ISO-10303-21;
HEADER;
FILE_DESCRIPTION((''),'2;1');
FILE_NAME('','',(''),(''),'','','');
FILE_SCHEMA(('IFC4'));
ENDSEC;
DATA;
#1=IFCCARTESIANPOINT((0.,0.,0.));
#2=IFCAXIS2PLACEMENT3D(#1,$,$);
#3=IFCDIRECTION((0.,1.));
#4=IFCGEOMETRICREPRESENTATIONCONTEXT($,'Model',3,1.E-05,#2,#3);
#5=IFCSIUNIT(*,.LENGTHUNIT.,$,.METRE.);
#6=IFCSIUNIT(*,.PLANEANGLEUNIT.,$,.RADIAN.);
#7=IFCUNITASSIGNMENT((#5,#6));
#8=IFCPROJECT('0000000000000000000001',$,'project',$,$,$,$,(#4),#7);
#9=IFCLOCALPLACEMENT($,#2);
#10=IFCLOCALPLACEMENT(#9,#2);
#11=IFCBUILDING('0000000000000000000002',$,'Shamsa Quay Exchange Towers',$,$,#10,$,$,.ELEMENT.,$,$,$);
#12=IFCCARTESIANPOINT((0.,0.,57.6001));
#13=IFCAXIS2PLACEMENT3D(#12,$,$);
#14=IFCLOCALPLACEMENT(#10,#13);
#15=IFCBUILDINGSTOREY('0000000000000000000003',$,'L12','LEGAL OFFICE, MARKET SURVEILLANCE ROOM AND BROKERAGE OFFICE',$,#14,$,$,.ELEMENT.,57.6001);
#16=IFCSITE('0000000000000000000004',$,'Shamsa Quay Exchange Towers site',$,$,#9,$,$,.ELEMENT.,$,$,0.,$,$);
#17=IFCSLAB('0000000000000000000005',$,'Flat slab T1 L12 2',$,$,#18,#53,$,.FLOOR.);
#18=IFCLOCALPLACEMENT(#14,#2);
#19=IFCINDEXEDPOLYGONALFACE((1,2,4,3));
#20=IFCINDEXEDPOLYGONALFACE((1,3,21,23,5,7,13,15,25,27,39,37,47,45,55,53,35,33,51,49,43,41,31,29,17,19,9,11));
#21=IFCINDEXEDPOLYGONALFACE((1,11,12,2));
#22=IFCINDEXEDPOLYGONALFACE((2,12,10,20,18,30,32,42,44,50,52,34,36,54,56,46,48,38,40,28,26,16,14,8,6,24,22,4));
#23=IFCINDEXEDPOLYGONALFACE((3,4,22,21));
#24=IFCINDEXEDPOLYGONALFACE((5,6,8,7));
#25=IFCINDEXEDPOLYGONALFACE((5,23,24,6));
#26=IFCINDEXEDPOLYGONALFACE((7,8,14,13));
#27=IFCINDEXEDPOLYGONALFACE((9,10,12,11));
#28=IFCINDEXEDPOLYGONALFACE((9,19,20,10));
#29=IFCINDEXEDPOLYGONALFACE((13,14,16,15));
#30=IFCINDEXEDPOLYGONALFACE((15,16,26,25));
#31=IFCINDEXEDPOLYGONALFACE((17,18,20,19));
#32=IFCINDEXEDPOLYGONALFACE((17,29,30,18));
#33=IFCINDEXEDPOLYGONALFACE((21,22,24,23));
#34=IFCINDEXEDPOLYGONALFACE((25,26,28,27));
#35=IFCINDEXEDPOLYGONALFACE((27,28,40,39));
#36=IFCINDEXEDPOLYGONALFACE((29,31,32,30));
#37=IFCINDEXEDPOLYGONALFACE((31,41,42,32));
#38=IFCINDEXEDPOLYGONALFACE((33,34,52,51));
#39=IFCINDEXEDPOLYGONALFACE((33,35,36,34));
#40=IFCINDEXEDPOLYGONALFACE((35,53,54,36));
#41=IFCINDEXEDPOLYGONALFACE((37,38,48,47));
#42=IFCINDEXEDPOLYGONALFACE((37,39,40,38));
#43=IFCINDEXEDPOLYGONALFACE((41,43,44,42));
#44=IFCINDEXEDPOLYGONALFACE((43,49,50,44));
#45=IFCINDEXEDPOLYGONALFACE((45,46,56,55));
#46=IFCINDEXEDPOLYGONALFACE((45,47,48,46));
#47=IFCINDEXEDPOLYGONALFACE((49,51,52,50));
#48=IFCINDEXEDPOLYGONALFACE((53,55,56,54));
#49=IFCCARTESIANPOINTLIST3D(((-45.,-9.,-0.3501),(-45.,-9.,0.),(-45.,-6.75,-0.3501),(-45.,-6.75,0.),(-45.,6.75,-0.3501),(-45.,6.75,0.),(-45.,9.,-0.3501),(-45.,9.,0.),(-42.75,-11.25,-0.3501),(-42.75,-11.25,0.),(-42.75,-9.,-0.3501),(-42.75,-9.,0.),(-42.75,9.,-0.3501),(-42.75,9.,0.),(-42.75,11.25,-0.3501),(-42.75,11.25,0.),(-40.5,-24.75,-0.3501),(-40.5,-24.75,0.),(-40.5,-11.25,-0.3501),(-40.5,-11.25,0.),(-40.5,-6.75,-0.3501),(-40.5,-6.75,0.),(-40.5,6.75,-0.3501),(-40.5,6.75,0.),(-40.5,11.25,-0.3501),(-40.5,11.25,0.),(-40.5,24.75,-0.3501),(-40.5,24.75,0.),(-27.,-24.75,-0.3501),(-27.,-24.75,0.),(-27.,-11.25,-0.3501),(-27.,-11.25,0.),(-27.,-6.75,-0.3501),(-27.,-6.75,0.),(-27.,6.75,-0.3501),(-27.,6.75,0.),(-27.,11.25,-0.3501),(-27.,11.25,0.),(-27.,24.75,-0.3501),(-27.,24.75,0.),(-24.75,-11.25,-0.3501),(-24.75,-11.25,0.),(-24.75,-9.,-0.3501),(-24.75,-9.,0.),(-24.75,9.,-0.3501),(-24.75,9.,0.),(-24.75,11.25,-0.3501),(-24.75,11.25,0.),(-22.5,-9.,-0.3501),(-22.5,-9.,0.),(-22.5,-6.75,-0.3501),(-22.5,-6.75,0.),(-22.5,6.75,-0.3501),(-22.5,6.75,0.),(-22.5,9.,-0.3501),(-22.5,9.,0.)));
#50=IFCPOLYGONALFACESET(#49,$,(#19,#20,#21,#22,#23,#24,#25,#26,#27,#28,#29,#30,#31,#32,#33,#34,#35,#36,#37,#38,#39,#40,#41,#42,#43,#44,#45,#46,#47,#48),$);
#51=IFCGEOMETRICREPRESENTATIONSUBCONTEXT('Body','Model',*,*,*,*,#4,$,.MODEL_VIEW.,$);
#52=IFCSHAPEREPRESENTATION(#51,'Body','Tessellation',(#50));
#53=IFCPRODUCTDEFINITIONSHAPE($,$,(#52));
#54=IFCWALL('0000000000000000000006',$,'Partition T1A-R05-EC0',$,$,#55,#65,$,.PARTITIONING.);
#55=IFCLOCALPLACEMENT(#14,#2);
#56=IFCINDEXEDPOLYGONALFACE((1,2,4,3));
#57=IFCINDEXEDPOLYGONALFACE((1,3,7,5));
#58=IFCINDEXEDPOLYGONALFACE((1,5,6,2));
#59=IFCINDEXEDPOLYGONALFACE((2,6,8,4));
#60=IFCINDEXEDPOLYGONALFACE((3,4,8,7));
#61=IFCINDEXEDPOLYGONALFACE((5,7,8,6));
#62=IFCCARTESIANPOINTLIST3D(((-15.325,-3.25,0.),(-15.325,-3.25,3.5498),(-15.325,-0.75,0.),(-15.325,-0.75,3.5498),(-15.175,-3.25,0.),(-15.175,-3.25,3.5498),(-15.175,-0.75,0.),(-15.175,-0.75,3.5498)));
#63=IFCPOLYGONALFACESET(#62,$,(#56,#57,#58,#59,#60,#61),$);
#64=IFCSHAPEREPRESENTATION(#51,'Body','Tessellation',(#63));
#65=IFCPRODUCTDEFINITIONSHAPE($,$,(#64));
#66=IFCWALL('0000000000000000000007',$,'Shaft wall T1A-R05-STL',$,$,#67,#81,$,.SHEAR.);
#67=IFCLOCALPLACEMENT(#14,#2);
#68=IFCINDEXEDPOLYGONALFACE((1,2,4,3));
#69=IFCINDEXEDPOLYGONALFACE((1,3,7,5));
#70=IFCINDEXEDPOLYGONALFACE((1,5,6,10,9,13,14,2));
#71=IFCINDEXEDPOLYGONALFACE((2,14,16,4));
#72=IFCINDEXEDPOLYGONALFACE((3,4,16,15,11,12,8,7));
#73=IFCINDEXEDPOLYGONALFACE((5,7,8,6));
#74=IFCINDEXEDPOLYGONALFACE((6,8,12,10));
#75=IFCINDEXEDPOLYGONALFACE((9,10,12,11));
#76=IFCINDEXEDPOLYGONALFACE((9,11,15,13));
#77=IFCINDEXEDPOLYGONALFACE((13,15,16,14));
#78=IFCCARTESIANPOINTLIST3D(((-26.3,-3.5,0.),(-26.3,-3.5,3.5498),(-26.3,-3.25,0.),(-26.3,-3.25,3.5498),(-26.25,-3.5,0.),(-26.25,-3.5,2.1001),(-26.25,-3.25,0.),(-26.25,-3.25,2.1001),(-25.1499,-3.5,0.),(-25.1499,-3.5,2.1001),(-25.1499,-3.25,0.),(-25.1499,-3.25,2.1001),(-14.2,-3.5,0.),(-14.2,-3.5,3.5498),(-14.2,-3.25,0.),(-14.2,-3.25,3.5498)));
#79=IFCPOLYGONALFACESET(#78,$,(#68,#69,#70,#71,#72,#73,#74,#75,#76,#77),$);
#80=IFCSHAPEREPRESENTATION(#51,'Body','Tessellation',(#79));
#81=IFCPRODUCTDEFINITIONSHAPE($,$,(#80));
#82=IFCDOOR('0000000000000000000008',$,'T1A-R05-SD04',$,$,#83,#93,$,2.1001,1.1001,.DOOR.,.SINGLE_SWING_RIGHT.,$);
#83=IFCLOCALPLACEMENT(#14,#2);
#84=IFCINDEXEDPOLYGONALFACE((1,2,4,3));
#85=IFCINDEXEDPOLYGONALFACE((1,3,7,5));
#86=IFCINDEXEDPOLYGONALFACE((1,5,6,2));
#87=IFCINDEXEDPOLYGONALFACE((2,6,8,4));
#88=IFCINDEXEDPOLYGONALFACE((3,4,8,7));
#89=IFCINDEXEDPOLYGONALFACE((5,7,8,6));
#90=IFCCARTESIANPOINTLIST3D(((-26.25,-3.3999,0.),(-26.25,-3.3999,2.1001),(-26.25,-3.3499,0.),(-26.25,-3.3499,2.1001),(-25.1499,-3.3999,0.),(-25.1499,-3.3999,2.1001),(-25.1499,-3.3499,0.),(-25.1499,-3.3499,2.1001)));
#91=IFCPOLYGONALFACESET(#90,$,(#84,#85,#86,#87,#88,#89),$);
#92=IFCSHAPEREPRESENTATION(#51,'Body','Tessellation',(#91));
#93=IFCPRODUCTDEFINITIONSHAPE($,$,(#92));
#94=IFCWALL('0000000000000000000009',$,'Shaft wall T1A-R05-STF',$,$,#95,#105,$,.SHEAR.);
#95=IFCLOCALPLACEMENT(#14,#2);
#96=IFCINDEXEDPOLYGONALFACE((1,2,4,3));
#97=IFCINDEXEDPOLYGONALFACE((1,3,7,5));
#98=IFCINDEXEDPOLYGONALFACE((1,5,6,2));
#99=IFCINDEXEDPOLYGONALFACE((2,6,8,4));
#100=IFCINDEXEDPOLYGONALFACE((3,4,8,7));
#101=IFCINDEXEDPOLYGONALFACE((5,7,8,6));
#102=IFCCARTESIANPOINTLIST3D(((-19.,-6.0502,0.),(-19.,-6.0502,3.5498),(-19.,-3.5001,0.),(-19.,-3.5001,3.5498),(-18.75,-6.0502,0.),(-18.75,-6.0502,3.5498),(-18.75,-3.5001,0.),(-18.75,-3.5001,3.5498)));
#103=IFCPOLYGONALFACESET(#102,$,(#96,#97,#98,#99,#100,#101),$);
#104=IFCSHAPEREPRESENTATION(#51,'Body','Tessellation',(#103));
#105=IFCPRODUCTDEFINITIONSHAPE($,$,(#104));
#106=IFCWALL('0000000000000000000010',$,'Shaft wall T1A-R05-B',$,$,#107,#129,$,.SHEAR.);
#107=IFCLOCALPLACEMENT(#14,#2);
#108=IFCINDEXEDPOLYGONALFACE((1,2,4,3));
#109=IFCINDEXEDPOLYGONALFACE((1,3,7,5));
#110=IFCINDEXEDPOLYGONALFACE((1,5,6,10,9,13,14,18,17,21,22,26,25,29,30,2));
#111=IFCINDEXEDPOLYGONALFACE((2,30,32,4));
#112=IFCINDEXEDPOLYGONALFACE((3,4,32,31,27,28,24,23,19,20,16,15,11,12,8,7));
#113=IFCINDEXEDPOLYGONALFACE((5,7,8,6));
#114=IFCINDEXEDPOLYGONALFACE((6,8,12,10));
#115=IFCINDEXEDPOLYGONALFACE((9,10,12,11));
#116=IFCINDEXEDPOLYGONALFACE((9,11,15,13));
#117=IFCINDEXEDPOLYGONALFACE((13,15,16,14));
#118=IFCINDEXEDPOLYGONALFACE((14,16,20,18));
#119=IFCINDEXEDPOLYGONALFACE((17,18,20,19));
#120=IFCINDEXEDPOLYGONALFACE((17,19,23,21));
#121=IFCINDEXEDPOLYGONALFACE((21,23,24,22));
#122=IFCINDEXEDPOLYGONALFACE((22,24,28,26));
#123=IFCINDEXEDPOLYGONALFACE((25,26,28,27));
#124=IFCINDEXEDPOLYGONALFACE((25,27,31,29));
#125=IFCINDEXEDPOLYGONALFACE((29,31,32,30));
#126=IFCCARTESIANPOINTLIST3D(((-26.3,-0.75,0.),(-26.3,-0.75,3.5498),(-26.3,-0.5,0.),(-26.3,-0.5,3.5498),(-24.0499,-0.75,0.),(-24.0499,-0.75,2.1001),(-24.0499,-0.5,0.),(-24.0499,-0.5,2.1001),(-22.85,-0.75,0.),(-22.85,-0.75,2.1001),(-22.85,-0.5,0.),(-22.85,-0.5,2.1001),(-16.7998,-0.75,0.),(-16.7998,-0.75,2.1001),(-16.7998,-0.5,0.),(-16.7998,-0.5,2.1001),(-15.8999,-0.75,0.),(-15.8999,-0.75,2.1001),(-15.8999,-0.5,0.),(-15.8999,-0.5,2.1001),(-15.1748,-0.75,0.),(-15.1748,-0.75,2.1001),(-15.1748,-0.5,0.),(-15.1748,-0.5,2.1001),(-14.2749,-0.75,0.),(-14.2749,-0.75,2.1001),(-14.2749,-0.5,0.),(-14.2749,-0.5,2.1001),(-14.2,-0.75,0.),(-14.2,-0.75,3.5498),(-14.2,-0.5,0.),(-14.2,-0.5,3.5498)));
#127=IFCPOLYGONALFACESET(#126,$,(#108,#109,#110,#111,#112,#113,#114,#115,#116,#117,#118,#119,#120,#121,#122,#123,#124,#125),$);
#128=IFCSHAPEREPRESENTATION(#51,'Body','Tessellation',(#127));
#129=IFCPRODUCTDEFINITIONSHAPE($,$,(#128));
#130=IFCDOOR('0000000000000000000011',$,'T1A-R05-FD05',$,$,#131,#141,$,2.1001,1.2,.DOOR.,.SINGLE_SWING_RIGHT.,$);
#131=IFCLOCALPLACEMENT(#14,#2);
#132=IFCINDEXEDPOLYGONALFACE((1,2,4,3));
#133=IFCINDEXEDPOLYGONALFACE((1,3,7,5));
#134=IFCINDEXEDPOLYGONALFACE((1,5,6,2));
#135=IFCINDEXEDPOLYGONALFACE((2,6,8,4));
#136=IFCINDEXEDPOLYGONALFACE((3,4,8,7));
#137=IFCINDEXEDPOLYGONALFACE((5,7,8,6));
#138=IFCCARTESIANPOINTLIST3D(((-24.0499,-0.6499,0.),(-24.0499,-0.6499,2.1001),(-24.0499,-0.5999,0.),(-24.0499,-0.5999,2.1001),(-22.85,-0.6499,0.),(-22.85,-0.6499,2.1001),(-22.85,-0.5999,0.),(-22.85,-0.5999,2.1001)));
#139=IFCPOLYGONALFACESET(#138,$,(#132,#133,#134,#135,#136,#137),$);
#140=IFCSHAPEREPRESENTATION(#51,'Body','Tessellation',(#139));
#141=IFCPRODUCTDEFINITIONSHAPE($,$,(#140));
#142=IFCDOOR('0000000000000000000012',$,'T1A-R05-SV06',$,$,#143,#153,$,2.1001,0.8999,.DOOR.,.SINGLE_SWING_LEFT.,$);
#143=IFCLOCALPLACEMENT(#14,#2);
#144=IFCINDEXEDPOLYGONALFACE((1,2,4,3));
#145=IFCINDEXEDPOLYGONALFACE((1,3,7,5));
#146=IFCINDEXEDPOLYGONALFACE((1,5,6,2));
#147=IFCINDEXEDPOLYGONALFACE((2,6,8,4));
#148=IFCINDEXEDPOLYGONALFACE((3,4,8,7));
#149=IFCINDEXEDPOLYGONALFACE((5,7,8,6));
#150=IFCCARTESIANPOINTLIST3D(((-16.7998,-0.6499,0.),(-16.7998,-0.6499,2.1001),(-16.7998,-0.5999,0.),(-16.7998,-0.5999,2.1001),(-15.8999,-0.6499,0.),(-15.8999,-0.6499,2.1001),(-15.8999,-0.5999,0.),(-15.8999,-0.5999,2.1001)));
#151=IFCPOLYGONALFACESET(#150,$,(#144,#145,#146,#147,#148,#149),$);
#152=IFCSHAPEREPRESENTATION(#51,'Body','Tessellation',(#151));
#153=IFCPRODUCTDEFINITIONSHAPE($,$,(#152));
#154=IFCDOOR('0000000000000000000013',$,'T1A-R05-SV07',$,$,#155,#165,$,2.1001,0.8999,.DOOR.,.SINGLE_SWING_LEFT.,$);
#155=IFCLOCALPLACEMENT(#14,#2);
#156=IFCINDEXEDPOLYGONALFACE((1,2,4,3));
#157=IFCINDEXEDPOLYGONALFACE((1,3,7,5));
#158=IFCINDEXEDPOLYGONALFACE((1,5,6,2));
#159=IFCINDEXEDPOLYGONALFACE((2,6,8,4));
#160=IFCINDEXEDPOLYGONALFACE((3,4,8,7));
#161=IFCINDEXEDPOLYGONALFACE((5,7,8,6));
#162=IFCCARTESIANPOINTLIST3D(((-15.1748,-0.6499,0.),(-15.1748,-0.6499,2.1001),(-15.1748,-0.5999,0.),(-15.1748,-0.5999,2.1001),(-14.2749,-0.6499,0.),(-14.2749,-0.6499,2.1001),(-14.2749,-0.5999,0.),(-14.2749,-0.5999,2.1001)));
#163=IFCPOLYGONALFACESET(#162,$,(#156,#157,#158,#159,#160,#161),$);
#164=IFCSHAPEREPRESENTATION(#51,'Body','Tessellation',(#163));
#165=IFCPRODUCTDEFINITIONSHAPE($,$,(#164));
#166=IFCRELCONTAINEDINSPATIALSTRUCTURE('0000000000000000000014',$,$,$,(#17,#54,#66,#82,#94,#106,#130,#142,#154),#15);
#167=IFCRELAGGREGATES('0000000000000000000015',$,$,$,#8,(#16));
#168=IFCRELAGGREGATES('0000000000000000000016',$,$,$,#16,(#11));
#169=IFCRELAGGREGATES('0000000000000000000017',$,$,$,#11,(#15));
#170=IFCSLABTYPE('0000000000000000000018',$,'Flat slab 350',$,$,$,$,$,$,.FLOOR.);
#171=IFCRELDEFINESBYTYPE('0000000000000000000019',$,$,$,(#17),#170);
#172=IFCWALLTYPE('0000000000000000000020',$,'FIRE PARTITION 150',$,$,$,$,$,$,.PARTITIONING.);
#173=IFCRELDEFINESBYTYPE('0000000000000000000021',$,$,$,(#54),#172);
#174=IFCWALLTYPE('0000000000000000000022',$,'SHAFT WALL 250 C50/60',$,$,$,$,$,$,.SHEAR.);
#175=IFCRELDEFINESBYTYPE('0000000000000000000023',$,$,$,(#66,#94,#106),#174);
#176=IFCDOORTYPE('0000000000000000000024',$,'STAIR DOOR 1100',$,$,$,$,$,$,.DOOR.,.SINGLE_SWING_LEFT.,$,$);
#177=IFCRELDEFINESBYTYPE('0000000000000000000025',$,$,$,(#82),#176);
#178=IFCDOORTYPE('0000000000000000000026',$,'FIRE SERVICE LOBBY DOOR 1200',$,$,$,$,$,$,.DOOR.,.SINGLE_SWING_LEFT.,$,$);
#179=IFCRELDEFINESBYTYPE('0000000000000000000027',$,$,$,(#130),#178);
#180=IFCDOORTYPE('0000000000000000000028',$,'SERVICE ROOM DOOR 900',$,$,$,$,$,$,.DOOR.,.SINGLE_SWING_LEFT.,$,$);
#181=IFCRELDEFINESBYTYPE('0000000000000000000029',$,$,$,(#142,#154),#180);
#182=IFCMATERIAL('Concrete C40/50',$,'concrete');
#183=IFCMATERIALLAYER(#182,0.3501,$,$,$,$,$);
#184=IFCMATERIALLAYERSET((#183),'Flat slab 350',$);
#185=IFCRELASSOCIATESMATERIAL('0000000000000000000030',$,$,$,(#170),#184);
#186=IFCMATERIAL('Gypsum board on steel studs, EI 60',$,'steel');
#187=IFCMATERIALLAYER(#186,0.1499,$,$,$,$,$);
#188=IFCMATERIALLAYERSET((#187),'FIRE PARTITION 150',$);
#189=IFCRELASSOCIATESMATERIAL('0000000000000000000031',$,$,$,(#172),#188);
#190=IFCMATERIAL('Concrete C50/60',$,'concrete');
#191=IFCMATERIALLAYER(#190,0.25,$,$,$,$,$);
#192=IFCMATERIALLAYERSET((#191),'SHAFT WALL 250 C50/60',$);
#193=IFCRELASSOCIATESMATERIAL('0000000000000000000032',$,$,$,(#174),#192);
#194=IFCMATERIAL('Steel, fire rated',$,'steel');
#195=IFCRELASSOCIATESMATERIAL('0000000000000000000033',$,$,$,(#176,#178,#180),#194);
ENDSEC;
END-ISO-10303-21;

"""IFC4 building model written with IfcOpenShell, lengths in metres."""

from ifc_helpers import new_model, si_unit, direction, frame, frame_2d, origin, place, context, subcontext, project, spatial, polyline, rectangle, outline, extrude, material, layer, layer_set, type_object, element, fill, save


model = new_model("IFC4")

# Units and contexts
model_context = context("Model", 3, precision=1e-05, world=origin(), true_north=direction((0.0, 1.0)))
body_context = subcontext(model_context, "Body", "Model", "MODEL_VIEW")
ifc_project = project(units=[si_unit("LENGTHUNIT", "METRE"), si_unit("PLANEANGLEUNIT", "RADIAN")], contexts=[model_context])

# Site, building, storey
site_placement = place(None, origin())
site = spatial("IfcSite", under=ifc_project, at=site_placement, Name="Shamsa Quay Exchange Towers site", CompositionType="ELEMENT", RefElevation=0.0)
building_placement = place(site_placement, origin())
building = spatial("IfcBuilding", under=site, at=building_placement, Name="Shamsa Quay Exchange Towers", CompositionType="ELEMENT")
storey_placement = place(building_placement, frame((0.0, 0.0, 57.6001)))
storey = spatial("IfcBuildingStorey", under=building, at=storey_placement, Name="L12", Description="LEGAL OFFICE, MARKET SURVEILLANCE ROOM AND BROKERAGE OFFICE", CompositionType="ELEMENT", Elevation=57.6001)

# Slab
ifc_material_1 = material(Name="Concrete C40/50", Category="concrete")
ifc_layer_1 = layer(ifc_material_1, 0.3501)
ifc_layer_set_1 = layer_set([ifc_layer_1], Name="Flat slab 350")
slab_type = type_object("IfcSlabType", Name="Flat slab 350", PredefinedType="FLOOR", material=ifc_layer_set_1)
slab_1_placement = place(storey_placement, frame((0.0, 0.0, -0.3501)))
element("IfcSlab", 1, at=slab_1_placement, inside=storey, type_object=slab_type, Name="Flat slab T1 L12 2", PredefinedType="FLOOR", context=body_context, shape_type="SweptSolid", body=[
    extrude(outline(polyline([(-22.5, -9.0), (-22.5, -6.75), (-27.0, -6.75), (-27.0, 6.75), (-22.5, 6.75), (-22.5, 9.0), (-24.75, 9.0), (-24.75, 11.25), (-27.0, 11.25), (-27.0, 24.75), (-40.5, 24.75), (-40.5, 11.25), (-42.75, 11.25), (-42.75, 9.0), (-45.0, 9.0), (-45.0, 6.75), (-40.5, 6.75), (-40.5, -6.75), (-45.0, -6.75), (-45.0, -9.0), (-42.75, -9.0), (-42.75, -11.25), (-40.5, -11.25), (-40.5, -24.75), (-27.0, -24.75), (-27.0, -11.25), (-24.75, -11.25), (-24.75, -9.0), (-22.5, -9.0)])), origin(), (0.0, 0.0, 1.0), 0.3501),
])

# Wall
ifc_material_2 = material(Name="Gypsum board on steel studs, EI 60", Category="steel")
ifc_layer_2 = layer(ifc_material_2, 0.1499)
ifc_layer_set_2 = layer_set([ifc_layer_2], Name="FIRE PARTITION 150")
wall_type_1 = type_object("IfcWallType", Name="FIRE PARTITION 150", PredefinedType="PARTITIONING", material=ifc_layer_set_2)
wall_1_placement = place(storey_placement, frame((-15.25, -3.25, 0.0), z_axis=(0.0, 0.0, 1.0), x_axis=(0.0, 1.0, 0.0)))
element("IfcWall", 2, at=wall_1_placement, inside=storey, type_object=wall_type_1, Name="Partition T1A-R05-EC0", PredefinedType="PARTITIONING", context=body_context, shape_type="SweptSolid", body=[
    extrude(rectangle(XDim=2.5, YDim=0.1499, at=frame_2d((1.25, 0.0))), origin(), (0.0, 0.0, 1.0), 3.5498),
])

# Wall, opening, door
ifc_material_3 = material(Name="Concrete C50/60", Category="concrete")
ifc_layer_3 = layer(ifc_material_3, 0.25)
ifc_layer_set_3 = layer_set([ifc_layer_3], Name="SHAFT WALL 250 C50/60")
wall_type_2 = type_object("IfcWallType", Name="SHAFT WALL 250 C50/60", PredefinedType="SHEAR", material=ifc_layer_set_3)
wall_2_placement = place(storey_placement, frame((-14.2, -3.375, 0.0), z_axis=(0.0, 0.0, 1.0), x_axis=(-1.0, 0.0, 0.0)))
wall_2 = element("IfcWall", 3, at=wall_2_placement, inside=storey, type_object=wall_type_2, Name="Shaft wall T1A-R05-STL", PredefinedType="SHEAR", context=body_context, shape_type="SweptSolid", body=[
    extrude(rectangle(XDim=12.1001, YDim=0.25, at=frame_2d((6.05, 0.0))), origin(), (0.0, 0.0, 1.0), 3.5498),
])
opening_1_placement = place(wall_2_placement, frame((10.95, 0.0, 0.0)))
opening_1 = element("IfcOpeningElement", 4, at=opening_1_placement, cuts=wall_2, PredefinedType="OPENING", context=body_context, shape_type="SweptSolid", body=[
    extrude(rectangle(XDim=1.1001, YDim=2.1001, at=frame_2d((0.55, 1.05))), frame((0.0, 0.135, 0.0), z_axis=(0.0, -1.0, 0.0), x_axis=(1.0, 0.0, 0.0)), (0.0, 0.0, 1.0), 0.27),
])
ifc_material_4 = material(Name="Steel, fire rated", Category="steel")
door_type_1 = type_object("IfcDoorType", Name="STAIR DOOR 1100", OperationType="SINGLE_SWING_LEFT", PredefinedType="DOOR", material=ifc_material_4)
door_1_placement = place(opening_1_placement, origin())
door_1 = element("IfcDoor", 5, at=door_1_placement, inside=storey, type_object=door_type_1, Name="T1A-R05-SD04", OperationType="SINGLE_SWING_RIGHT", OverallHeight=2.1001, OverallWidth=1.1001, PredefinedType="DOOR", context=body_context, shape_type="SweptSolid", body=[
    extrude(rectangle(XDim=1.1001, YDim=2.1001, at=frame_2d((0.55, 1.05))), frame((0.0, 0.0249, 0.0), z_axis=(0.0, -1.0, 0.0), x_axis=(1.0, 0.0, 0.0)), (0.0, 0.0, 1.0), 0.05),
])
fill(opening_1, door_1)

# Wall
wall_3_placement = place(storey_placement, frame((-18.875, -6.05, 0.0), z_axis=(0.0, 0.0, 1.0), x_axis=(0.0, 1.0, 0.0)))
element("IfcWall", 6, at=wall_3_placement, inside=storey, type_object=wall_type_2, Name="Shaft wall T1A-R05-STF", PredefinedType="SHEAR", context=body_context, shape_type="SweptSolid", body=[
    extrude(rectangle(XDim=2.55, YDim=0.25, at=frame_2d((1.2749, 0.0))), origin(), (0.0, 0.0, 1.0), 3.5498),
])

# Wall, openings, doors
wall_4_placement = place(storey_placement, frame((-14.2, -0.625, 0.0), z_axis=(0.0, 0.0, 1.0), x_axis=(-1.0, 0.0, 0.0)))
wall_4 = element("IfcWall", 7, at=wall_4_placement, inside=storey, type_object=wall_type_2, Name="Shaft wall T1A-R05-B", PredefinedType="SHEAR", context=body_context, shape_type="SweptSolid", body=[
    extrude(rectangle(XDim=12.1001, YDim=0.25, at=frame_2d((6.05, 0.0))), origin(), (0.0, 0.0, 1.0), 3.5498),
])
opening_2_placement = place(wall_4_placement, frame((8.6499, 0.0, 0.0)))
opening_2 = element("IfcOpeningElement", 8, at=opening_2_placement, cuts=wall_4, PredefinedType="OPENING", context=body_context, shape_type="SweptSolid", body=[
    extrude(rectangle(XDim=1.2, YDim=2.1001, at=frame_2d((0.6001, 1.05))), frame((0.0, 0.135, 0.0), z_axis=(0.0, -1.0, 0.0), x_axis=(1.0, 0.0, 0.0)), (0.0, 0.0, 1.0), 0.27),
])
opening_3_placement = place(wall_4_placement, frame((1.7, 0.0, 0.0)))
opening_3 = element("IfcOpeningElement", 9, at=opening_3_placement, cuts=wall_4, PredefinedType="OPENING", context=body_context, shape_type="SweptSolid", body=[
    extrude(rectangle(XDim=0.8999, YDim=2.1001, at=frame_2d((0.45, 1.05))), frame((0.0, 0.135, 0.0), z_axis=(0.0, -1.0, 0.0), x_axis=(1.0, 0.0, 0.0)), (0.0, 0.0, 1.0), 0.27),
])
opening_4_placement = place(wall_4_placement, frame((0.075, 0.0, 0.0)))
opening_4 = element("IfcOpeningElement", 10, at=opening_4_placement, cuts=wall_4, PredefinedType="OPENING", context=body_context, shape_type="SweptSolid", body=[
    extrude(rectangle(XDim=0.8999, YDim=2.1001, at=frame_2d((0.45, 1.05))), frame((0.0, 0.135, 0.0), z_axis=(0.0, -1.0, 0.0), x_axis=(1.0, 0.0, 0.0)), (0.0, 0.0, 1.0), 0.27),
])
door_type_2 = type_object("IfcDoorType", Name="FIRE SERVICE LOBBY DOOR 1200", OperationType="SINGLE_SWING_LEFT", PredefinedType="DOOR", material=ifc_material_4)
door_2_placement = place(opening_2_placement, origin())
door_2 = element("IfcDoor", 11, at=door_2_placement, inside=storey, type_object=door_type_2, Name="T1A-R05-FD05", OperationType="SINGLE_SWING_RIGHT", OverallHeight=2.1001, OverallWidth=1.2, PredefinedType="DOOR", context=body_context, shape_type="SweptSolid", body=[
    extrude(rectangle(XDim=1.2, YDim=2.1001, at=frame_2d((0.6001, 1.05))), frame((0.0, 0.0249, 0.0), z_axis=(0.0, -1.0, 0.0), x_axis=(1.0, 0.0, 0.0)), (0.0, 0.0, 1.0), 0.05),
])
fill(opening_2, door_2)
door_type_3 = type_object("IfcDoorType", Name="SERVICE ROOM DOOR 900", OperationType="SINGLE_SWING_LEFT", PredefinedType="DOOR", material=ifc_material_4)
door_3_placement = place(opening_3_placement, origin())
door_3 = element("IfcDoor", 12, at=door_3_placement, inside=storey, type_object=door_type_3, Name="T1A-R05-SV06", OperationType="SINGLE_SWING_LEFT", OverallHeight=2.1001, OverallWidth=0.8999, PredefinedType="DOOR", context=body_context, shape_type="SweptSolid", body=[
    extrude(rectangle(XDim=0.8999, YDim=2.1001, at=frame_2d((0.45, 1.05))), frame((0.0, 0.0249, 0.0), z_axis=(0.0, -1.0, 0.0), x_axis=(1.0, 0.0, 0.0)), (0.0, 0.0, 1.0), 0.05),
])
fill(opening_3, door_3)
door_4_placement = place(opening_4_placement, origin())
door_4 = element("IfcDoor", 13, at=door_4_placement, inside=storey, type_object=door_type_3, Name="T1A-R05-SV07", OperationType="SINGLE_SWING_LEFT", OverallHeight=2.1001, OverallWidth=0.8999, PredefinedType="DOOR", context=body_context, shape_type="SweptSolid", body=[
    extrude(rectangle(XDim=0.8999, YDim=2.1001, at=frame_2d((0.45, 1.05))), frame((0.0, 0.0249, 0.0), z_axis=(0.0, -1.0, 0.0), x_axis=(1.0, 0.0, 0.0)), (0.0, 0.0, 1.0), 0.05),
])
fill(opening_4, door_4)

save(model, "model.ifc")
